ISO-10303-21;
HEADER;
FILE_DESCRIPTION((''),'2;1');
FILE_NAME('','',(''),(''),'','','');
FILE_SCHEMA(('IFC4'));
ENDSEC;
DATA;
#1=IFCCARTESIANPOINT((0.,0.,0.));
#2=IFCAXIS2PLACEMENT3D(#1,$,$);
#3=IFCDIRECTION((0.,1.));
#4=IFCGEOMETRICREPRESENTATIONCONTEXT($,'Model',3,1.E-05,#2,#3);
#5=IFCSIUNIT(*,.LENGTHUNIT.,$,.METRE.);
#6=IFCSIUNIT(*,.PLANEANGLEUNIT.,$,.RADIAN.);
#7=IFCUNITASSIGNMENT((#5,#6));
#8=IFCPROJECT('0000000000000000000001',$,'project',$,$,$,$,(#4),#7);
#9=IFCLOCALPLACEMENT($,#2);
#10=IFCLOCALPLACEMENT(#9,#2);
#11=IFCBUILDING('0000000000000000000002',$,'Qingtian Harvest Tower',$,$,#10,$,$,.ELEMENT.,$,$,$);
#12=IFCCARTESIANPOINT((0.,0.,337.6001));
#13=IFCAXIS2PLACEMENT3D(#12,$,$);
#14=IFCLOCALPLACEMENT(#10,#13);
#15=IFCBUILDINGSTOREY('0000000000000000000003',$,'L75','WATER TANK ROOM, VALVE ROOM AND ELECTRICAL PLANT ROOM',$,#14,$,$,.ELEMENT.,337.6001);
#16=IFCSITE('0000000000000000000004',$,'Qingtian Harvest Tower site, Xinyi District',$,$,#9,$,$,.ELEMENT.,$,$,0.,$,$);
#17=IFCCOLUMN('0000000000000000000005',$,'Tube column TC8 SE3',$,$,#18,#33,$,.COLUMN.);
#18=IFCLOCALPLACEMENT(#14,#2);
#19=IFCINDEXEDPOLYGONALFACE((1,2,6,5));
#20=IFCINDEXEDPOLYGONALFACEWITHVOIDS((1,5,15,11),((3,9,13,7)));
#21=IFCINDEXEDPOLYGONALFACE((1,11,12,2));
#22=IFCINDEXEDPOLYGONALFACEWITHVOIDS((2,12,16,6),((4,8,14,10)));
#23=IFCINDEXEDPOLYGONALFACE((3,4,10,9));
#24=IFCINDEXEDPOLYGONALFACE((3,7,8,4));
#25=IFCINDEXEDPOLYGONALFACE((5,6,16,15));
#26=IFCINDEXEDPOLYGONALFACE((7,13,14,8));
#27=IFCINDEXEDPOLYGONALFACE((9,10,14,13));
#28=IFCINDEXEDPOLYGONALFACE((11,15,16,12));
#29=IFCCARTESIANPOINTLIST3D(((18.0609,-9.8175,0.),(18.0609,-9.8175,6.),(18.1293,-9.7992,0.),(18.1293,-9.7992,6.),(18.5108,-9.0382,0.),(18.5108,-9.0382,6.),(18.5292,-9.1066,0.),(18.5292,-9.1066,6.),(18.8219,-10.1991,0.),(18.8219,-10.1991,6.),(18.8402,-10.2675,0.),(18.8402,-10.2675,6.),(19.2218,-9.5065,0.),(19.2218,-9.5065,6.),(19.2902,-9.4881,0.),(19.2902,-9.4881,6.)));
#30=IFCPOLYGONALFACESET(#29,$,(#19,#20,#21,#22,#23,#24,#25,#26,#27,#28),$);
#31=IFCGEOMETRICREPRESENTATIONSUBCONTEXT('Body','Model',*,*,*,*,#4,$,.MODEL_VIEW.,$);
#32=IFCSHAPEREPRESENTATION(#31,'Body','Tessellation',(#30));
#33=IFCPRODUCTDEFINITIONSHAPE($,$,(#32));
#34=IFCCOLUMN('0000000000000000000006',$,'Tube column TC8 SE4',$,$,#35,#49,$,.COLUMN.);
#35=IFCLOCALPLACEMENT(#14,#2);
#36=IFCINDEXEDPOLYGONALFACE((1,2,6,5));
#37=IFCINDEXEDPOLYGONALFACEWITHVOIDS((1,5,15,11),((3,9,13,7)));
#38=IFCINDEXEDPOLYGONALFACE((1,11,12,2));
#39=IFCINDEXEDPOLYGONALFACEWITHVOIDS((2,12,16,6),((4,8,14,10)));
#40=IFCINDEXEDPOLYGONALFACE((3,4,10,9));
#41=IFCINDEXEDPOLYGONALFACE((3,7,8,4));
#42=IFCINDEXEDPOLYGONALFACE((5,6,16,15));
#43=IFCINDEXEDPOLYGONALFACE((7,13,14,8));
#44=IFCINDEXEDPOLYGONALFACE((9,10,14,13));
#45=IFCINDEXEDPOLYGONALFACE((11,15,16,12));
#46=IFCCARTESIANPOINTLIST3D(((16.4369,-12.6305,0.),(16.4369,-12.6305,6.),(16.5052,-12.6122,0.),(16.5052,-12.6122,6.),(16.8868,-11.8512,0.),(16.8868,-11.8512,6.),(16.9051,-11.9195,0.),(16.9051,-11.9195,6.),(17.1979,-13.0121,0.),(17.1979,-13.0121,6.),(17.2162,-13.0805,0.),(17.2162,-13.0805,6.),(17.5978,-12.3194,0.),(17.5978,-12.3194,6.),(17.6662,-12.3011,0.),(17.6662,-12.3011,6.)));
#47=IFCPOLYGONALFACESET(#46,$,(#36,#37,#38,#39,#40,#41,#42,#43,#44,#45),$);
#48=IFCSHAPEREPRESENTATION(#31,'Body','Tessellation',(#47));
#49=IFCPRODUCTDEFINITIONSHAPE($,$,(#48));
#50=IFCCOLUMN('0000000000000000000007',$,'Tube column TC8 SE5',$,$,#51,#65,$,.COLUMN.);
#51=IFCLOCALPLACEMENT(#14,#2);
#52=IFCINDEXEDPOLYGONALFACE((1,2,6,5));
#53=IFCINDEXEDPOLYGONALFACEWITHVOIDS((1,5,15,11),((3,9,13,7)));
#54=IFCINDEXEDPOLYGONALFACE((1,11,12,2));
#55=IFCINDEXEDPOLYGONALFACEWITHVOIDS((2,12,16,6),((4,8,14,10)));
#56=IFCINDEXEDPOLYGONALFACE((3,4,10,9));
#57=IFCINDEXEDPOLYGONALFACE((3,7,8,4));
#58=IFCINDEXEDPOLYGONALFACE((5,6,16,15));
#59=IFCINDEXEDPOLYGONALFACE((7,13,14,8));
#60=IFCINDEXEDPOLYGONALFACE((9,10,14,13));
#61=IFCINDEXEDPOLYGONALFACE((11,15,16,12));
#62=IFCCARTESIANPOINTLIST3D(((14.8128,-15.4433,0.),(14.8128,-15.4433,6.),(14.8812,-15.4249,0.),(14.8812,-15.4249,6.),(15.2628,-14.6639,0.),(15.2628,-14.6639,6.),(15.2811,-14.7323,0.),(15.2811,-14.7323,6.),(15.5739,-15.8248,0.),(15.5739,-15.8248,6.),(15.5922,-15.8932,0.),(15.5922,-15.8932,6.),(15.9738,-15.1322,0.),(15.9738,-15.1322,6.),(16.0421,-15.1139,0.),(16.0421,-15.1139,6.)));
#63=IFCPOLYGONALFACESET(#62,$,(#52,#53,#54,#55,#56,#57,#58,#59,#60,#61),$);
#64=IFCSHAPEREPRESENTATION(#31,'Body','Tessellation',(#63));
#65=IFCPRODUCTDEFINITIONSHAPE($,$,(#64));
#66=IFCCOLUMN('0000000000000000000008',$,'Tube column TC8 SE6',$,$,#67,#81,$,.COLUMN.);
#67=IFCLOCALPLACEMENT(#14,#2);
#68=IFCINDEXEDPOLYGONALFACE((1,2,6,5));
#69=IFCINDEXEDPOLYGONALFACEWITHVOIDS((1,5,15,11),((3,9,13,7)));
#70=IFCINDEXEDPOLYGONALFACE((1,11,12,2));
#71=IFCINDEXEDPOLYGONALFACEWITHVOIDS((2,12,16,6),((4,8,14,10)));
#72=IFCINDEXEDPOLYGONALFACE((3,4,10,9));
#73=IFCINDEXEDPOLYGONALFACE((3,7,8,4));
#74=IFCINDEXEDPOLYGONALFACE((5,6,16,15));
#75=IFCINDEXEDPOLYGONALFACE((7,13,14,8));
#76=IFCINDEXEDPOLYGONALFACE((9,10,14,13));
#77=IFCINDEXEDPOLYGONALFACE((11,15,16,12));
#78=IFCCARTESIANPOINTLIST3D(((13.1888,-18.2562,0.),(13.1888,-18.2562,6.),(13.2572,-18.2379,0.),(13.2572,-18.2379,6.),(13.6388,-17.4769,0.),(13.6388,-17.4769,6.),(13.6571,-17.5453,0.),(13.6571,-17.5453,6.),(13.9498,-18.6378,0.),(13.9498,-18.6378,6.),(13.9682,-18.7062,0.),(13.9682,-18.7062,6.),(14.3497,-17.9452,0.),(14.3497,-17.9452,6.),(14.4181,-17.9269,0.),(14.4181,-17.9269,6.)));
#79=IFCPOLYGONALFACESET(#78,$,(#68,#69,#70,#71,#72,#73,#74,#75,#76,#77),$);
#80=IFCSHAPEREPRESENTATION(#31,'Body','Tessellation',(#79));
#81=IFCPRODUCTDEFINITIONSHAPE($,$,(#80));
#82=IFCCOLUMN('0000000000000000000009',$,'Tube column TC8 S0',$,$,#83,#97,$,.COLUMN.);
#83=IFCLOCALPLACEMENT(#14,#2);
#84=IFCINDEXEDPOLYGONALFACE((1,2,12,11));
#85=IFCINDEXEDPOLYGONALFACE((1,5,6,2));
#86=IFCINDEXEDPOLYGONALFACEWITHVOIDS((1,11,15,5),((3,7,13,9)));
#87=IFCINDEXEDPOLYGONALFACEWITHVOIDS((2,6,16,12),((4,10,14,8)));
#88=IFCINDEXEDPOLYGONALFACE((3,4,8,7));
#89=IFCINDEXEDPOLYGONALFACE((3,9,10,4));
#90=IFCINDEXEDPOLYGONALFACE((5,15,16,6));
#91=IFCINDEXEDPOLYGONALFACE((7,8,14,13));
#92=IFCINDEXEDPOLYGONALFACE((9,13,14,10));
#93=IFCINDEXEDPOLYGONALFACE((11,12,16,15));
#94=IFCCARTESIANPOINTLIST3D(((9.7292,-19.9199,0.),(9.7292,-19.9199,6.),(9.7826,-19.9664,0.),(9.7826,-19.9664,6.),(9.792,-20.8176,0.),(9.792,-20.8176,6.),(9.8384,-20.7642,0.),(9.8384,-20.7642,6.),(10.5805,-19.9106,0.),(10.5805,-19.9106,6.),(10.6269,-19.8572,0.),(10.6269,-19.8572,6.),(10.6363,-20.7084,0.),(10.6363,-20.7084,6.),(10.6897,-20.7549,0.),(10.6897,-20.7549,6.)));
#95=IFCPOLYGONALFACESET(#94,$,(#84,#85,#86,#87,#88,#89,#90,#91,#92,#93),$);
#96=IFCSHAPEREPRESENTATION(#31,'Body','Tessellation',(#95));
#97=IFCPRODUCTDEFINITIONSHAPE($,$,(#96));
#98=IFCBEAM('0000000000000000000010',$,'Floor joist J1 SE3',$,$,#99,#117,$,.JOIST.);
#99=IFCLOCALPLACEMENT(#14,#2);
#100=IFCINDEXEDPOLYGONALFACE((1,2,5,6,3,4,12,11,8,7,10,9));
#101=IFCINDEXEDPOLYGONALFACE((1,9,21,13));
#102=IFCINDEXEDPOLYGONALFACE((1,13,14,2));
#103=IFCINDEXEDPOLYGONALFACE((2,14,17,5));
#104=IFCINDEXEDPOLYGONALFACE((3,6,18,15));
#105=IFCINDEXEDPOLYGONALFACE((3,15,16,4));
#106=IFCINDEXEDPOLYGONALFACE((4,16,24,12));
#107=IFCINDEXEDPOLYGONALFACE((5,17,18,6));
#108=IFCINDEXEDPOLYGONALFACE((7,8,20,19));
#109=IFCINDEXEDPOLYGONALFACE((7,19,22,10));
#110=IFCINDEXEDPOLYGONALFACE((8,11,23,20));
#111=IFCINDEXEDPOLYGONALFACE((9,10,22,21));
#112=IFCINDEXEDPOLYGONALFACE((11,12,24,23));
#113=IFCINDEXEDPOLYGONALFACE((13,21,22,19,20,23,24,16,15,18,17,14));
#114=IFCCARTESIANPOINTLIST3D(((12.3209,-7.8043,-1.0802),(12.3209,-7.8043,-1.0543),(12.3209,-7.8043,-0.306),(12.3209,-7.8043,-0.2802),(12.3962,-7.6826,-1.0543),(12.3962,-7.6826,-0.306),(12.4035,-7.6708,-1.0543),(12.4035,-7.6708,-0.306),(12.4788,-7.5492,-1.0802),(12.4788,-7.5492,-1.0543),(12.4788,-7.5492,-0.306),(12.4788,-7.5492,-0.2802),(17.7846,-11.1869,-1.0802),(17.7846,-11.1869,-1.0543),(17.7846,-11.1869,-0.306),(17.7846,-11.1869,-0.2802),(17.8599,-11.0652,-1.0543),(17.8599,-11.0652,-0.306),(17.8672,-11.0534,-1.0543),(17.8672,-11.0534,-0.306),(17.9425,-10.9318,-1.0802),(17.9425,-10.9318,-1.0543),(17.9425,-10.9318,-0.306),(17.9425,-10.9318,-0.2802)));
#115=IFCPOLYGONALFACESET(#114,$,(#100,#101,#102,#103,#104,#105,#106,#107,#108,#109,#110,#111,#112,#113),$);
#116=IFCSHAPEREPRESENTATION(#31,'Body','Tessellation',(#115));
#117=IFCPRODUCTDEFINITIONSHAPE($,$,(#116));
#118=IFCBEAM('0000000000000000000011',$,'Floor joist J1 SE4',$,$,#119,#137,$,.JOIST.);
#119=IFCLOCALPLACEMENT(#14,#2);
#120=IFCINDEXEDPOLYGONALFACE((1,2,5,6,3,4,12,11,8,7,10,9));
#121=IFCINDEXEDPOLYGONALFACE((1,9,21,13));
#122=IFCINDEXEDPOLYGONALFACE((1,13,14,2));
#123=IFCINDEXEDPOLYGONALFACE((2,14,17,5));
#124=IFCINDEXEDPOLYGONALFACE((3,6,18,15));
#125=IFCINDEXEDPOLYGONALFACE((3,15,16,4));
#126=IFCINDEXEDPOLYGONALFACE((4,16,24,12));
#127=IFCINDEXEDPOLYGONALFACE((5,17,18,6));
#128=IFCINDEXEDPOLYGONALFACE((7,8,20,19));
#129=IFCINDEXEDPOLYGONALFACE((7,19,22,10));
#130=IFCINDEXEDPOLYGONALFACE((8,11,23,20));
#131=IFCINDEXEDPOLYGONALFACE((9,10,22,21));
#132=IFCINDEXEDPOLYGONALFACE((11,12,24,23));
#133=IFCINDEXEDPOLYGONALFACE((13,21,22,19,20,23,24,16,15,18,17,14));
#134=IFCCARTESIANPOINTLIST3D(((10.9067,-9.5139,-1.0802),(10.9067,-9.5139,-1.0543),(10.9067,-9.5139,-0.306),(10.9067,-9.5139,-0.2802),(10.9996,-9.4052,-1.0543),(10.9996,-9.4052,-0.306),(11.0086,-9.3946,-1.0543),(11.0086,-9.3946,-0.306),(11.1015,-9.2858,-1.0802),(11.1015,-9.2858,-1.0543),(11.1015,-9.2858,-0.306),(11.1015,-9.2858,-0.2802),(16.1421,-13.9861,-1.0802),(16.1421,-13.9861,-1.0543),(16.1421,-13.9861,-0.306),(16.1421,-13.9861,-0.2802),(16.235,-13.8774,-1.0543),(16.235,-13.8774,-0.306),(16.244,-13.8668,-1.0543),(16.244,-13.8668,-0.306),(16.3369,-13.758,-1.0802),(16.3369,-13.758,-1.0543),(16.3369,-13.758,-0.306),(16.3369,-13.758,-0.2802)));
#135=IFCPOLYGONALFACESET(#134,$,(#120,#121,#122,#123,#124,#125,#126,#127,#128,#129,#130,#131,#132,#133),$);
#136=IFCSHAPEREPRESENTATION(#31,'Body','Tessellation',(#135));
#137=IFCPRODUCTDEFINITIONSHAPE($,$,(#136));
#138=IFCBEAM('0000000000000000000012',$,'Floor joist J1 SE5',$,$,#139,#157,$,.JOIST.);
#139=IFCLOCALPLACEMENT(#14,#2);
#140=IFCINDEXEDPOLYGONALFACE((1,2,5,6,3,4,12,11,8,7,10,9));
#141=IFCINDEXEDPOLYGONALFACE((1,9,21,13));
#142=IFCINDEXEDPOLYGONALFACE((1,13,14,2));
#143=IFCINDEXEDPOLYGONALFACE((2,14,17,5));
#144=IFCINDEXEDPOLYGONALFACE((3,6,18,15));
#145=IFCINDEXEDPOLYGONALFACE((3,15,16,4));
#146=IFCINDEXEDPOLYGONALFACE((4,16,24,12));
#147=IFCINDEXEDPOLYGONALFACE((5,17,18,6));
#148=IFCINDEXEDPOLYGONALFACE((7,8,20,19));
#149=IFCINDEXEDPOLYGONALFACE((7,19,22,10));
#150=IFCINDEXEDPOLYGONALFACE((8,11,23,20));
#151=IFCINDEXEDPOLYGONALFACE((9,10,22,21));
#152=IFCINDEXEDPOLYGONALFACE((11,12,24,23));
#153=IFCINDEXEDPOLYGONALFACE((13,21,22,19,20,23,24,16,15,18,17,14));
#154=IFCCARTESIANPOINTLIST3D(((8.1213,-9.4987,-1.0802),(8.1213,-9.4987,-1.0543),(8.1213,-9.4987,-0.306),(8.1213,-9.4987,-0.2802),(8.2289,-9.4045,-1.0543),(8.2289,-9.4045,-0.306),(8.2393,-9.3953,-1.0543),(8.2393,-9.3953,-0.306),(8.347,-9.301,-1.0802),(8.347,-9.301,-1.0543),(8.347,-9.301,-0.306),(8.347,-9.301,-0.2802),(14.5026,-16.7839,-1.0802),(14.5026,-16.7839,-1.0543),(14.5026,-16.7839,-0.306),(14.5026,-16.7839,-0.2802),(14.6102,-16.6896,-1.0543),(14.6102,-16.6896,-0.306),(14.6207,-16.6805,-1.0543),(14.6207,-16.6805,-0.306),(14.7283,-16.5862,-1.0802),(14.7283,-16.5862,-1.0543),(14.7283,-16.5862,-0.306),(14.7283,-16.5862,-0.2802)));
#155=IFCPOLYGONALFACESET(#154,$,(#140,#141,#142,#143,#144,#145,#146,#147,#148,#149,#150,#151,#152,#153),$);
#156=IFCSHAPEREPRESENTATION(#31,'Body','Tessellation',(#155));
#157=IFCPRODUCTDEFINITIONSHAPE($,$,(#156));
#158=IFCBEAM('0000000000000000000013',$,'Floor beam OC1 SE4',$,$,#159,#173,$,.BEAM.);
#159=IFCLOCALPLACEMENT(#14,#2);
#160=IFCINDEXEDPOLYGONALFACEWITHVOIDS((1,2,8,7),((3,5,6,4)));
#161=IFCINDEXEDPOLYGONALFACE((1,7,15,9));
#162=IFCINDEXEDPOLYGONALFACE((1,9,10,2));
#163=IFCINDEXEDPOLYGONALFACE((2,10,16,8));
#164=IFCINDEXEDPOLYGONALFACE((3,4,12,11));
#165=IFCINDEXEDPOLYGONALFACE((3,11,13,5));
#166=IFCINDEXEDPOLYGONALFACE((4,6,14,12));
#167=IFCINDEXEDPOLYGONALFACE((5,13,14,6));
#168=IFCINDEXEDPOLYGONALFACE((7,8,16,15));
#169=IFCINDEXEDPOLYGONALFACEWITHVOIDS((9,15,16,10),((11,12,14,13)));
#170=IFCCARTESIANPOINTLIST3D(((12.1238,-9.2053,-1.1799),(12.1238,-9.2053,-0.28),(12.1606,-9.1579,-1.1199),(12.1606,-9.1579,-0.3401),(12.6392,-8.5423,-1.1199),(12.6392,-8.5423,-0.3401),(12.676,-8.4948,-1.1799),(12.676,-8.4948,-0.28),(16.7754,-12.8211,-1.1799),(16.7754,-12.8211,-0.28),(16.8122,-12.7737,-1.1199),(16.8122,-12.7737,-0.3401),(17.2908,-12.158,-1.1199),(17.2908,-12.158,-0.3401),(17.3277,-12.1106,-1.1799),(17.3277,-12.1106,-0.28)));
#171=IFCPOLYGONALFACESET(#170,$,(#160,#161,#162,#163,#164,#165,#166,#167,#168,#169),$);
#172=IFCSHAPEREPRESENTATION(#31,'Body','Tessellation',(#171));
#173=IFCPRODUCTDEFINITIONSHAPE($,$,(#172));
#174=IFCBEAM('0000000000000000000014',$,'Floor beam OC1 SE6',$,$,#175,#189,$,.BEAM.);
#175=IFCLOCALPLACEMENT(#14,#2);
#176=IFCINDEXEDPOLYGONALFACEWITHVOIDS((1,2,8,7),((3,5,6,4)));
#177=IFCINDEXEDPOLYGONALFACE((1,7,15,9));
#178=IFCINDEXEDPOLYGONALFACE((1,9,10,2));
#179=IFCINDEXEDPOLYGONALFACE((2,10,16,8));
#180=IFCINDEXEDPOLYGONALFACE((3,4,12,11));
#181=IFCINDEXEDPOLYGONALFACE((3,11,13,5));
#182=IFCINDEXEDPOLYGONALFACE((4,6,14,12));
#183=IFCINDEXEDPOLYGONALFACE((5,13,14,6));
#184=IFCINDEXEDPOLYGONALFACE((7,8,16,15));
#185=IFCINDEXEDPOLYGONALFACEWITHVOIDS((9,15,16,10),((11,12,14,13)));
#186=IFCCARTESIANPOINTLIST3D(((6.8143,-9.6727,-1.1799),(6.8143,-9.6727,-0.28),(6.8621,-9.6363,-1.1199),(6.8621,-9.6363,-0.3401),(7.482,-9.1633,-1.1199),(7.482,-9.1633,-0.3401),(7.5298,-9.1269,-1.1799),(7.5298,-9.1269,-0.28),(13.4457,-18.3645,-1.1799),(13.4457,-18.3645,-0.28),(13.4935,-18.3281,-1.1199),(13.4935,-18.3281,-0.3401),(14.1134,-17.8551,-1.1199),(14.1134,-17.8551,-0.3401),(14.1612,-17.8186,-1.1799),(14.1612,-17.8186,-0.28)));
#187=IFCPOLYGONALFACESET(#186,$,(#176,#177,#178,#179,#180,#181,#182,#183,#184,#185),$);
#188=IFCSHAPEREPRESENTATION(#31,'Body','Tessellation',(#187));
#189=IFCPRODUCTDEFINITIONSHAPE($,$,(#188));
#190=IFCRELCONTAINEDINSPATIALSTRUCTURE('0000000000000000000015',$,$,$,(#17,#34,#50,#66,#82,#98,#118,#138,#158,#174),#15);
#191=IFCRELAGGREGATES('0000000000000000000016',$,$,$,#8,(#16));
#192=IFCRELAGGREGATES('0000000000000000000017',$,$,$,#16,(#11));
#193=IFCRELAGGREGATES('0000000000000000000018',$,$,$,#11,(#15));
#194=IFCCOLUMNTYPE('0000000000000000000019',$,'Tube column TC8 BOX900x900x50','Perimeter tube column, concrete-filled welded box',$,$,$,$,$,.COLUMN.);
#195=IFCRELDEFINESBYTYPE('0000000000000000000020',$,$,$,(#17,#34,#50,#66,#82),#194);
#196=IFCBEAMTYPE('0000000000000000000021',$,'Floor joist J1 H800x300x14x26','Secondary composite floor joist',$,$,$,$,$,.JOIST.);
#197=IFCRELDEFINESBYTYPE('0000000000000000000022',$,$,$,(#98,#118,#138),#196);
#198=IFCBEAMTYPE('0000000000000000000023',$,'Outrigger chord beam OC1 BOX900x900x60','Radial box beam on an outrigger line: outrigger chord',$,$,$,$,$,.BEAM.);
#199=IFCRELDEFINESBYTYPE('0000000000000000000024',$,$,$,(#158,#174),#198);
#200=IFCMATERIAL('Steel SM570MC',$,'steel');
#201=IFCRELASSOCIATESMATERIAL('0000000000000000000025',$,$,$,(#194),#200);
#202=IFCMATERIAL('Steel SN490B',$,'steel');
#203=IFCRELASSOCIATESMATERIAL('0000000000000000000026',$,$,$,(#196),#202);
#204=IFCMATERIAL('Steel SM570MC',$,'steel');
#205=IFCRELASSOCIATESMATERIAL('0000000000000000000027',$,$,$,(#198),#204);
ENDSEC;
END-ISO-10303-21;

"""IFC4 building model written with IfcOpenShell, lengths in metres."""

from ifc_helpers import new_model, si_unit, direction, frame, origin, origin_2d, place, context, subcontext, project, spatial, hollow_rectangle, i_section, extrude, material, material_profile, profile_set, type_object, element, save


model = new_model("IFC4")

# Units and contexts
model_context = context("Model", 3, precision=1e-05, world=origin(), true_north=direction((0.0, 1.0)))
body_context = subcontext(model_context, "Body", "Model", "MODEL_VIEW")
ifc_project = project(units=[si_unit("LENGTHUNIT", "METRE"), si_unit("PLANEANGLEUNIT", "RADIAN")], contexts=[model_context])

# Site, building, storey
site_placement = place(None, origin())
site = spatial("IfcSite", under=ifc_project, at=site_placement, Name="Qingtian Harvest Tower site, Xinyi District", CompositionType="ELEMENT", RefElevation=0.0)
building_placement = place(site_placement, origin())
building = spatial("IfcBuilding", under=site, at=building_placement, Name="Qingtian Harvest Tower", CompositionType="ELEMENT")
storey_placement = place(building_placement, frame((0.0, 0.0, 337.6001)))
storey = spatial("IfcBuildingStorey", under=building, at=storey_placement, Name="L75", Description="WATER TANK ROOM, VALVE ROOM AND ELECTRICAL PLANT ROOM", CompositionType="ELEMENT", Elevation=337.6001)

# Columns
ifc_material_1 = material(Name="Steel SM570MC", Category="steel")
ifc_material_profile_1 = material_profile(ifc_material_1, hollow_rectangle(XDim=0.8999, YDim=0.8999, WallThickness=0.05, at=origin_2d()), Name="BOX900x900x50")
ifc_profile_set_1 = profile_set([ifc_material_profile_1], Name="Steel SM570MC")
column_type = type_object("IfcColumnType", Name="Tube column TC8 BOX900x900x50", Description="Perimeter tube column, concrete-filled welded box", PredefinedType="COLUMN", material=ifc_profile_set_1)
for number, where, z_axis, x_axis, name in (
    (1, (18.6755, -9.6528, 0.0), (0.0, 0.0, 1.0), (0.5, 0.866025, 0.0), "Tube column TC8 SE3"),
    (2, (17.0515, -12.4658, 0.0), (0.0, 0.0, 1.0), (0.5, 0.866025, 0.0), "Tube column TC8 SE4"),
    (3, (15.4275, -15.2786, 0.0), (0.0, 0.0, 1.0), (0.5, 0.866025, 0.0), "Tube column TC8 SE5"),
    (4, (13.8035, -18.0916, 0.0), (0.0, 0.0, 1.0), (0.5, 0.866025, 0.0), "Tube column TC8 SE6"),
    (5, (10.2095, -20.3374, 0.0), (0.0, 0.0, 1.0), (0.997564, 0.069756, 0.0), "Tube column TC8 S0"),
):
    element("IfcColumn", number, at=place(storey_placement, frame(where, z_axis=z_axis, x_axis=x_axis)), inside=storey, type_object=column_type, Name=name, PredefinedType="COLUMN", context=body_context, shape_type="SweptSolid", body=[
        extrude(hollow_rectangle(XDim=0.8999, YDim=0.8999, WallThickness=0.05, at=origin_2d()), origin(), (0.0, 0.0, 1.0), 6.0),
    ])

# Beams
ifc_material_2 = material(Name="Steel SN490B", Category="steel")
ifc_material_profile_2 = material_profile(ifc_material_2, i_section(OverallWidth=0.3, OverallDepth=0.8, WebThickness=0.0139, FlangeThickness=0.0259, at=origin_2d()), Name="H800x300x14x26")
ifc_profile_set_2 = profile_set([ifc_material_profile_2], Name="Steel SN490B")
beam_type_1 = type_object("IfcBeamType", Name="Floor joist J1 H800x300x14x26", Description="Secondary composite floor joist", PredefinedType="JOIST", material=ifc_profile_set_2)
beam_1_placement = place(storey_placement, frame((17.8635, -11.0593, -0.6802), z_axis=(-0.850242, 0.526391, 0.0), x_axis=(-0.526391, -0.850242, 0.0)))
element("IfcBeam", 6, at=beam_1_placement, inside=storey, type_object=beam_type_1, Name="Floor joist J1 SE3", PredefinedType="JOIST", context=body_context, shape_type="SweptSolid", body=[
    extrude(i_section(OverallWidth=0.3, OverallDepth=0.8, WebThickness=0.0139, FlangeThickness=0.0259, at=origin_2d()), origin(), (0.0, 0.0, 1.0), 6.426),
])
beam_2_placement = place(storey_placement, frame((16.2395, -13.8721, -0.6802), z_axis=(-0.760352, 0.649511, 0.0), x_axis=(-0.649511, -0.760352, 0.0)))
element("IfcBeam", 7, at=beam_2_placement, inside=storey, type_object=beam_type_1, Name="Floor joist J1 SE4", PredefinedType="JOIST", context=body_context, shape_type="SweptSolid", body=[
    extrude(i_section(OverallWidth=0.3, OverallDepth=0.8, WebThickness=0.0139, FlangeThickness=0.0259, at=origin_2d()), origin(), (0.0, 0.0, 1.0), 6.8855),
])
beam_3_placement = place(storey_placement, frame((14.6155, -16.6851, -0.6802), z_axis=(-0.658904, 0.752227, 0.0), x_axis=(-0.752227, -0.658904, 0.0)))
element("IfcBeam", 8, at=beam_3_placement, inside=storey, type_object=beam_type_1, Name="Floor joist J1 SE5", PredefinedType="JOIST", context=body_context, shape_type="SweptSolid", body=[
    extrude(i_section(OverallWidth=0.3, OverallDepth=0.8, WebThickness=0.0139, FlangeThickness=0.0259, at=origin_2d()), origin(), (0.0, 0.0, 1.0), 9.6848),
])
ifc_material_3 = material(Name="Steel SM570MC", Category="steel")
ifc_material_profile_3 = material_profile(ifc_material_3, hollow_rectangle(XDim=0.8999, YDim=0.8999, WallThickness=0.0601, at=origin_2d()), Name="BOX900x900x60")
ifc_profile_set_3 = profile_set([ifc_material_profile_3], Name="Steel SM570MC")
beam_type_2 = type_object("IfcBeamType", Name="Outrigger chord beam OC1 BOX900x900x60", Description="Radial box beam on an outrigger line: outrigger chord", PredefinedType="BEAM", material=ifc_profile_set_3)
beam_4_placement = place(storey_placement, frame((17.0515, -12.4658, -0.73), z_axis=(-0.789533, 0.613708, 0.0), x_axis=(-0.613708, -0.789533, 0.0)))
element("IfcBeam", 9, at=beam_4_placement, inside=storey, type_object=beam_type_2, Name="Floor beam OC1 SE4", PredefinedType="BEAM", context=body_context, shape_type="SweptSolid", body=[
    extrude(hollow_rectangle(XDim=0.8999, YDim=0.8999, WallThickness=0.0601, at=origin_2d()), origin(), (0.0, 0.0, 1.0), 5.8916),
])
beam_5_placement = place(storey_placement, frame((13.8035, -18.0916, -0.73), z_axis=(-0.606572, 0.795029, 0.0), x_axis=(-0.795029, -0.606572, 0.0)))
element("IfcBeam", 10, at=beam_5_placement, inside=storey, type_object=beam_type_2, Name="Floor beam OC1 SE6", PredefinedType="BEAM", context=body_context, shape_type="SweptSolid", body=[
    extrude(hollow_rectangle(XDim=0.8999, YDim=0.8999, WallThickness=0.0601, at=origin_2d()), origin(), (0.0, 0.0, 1.0), 10.9326),
])

save(model, "model.ifc")
